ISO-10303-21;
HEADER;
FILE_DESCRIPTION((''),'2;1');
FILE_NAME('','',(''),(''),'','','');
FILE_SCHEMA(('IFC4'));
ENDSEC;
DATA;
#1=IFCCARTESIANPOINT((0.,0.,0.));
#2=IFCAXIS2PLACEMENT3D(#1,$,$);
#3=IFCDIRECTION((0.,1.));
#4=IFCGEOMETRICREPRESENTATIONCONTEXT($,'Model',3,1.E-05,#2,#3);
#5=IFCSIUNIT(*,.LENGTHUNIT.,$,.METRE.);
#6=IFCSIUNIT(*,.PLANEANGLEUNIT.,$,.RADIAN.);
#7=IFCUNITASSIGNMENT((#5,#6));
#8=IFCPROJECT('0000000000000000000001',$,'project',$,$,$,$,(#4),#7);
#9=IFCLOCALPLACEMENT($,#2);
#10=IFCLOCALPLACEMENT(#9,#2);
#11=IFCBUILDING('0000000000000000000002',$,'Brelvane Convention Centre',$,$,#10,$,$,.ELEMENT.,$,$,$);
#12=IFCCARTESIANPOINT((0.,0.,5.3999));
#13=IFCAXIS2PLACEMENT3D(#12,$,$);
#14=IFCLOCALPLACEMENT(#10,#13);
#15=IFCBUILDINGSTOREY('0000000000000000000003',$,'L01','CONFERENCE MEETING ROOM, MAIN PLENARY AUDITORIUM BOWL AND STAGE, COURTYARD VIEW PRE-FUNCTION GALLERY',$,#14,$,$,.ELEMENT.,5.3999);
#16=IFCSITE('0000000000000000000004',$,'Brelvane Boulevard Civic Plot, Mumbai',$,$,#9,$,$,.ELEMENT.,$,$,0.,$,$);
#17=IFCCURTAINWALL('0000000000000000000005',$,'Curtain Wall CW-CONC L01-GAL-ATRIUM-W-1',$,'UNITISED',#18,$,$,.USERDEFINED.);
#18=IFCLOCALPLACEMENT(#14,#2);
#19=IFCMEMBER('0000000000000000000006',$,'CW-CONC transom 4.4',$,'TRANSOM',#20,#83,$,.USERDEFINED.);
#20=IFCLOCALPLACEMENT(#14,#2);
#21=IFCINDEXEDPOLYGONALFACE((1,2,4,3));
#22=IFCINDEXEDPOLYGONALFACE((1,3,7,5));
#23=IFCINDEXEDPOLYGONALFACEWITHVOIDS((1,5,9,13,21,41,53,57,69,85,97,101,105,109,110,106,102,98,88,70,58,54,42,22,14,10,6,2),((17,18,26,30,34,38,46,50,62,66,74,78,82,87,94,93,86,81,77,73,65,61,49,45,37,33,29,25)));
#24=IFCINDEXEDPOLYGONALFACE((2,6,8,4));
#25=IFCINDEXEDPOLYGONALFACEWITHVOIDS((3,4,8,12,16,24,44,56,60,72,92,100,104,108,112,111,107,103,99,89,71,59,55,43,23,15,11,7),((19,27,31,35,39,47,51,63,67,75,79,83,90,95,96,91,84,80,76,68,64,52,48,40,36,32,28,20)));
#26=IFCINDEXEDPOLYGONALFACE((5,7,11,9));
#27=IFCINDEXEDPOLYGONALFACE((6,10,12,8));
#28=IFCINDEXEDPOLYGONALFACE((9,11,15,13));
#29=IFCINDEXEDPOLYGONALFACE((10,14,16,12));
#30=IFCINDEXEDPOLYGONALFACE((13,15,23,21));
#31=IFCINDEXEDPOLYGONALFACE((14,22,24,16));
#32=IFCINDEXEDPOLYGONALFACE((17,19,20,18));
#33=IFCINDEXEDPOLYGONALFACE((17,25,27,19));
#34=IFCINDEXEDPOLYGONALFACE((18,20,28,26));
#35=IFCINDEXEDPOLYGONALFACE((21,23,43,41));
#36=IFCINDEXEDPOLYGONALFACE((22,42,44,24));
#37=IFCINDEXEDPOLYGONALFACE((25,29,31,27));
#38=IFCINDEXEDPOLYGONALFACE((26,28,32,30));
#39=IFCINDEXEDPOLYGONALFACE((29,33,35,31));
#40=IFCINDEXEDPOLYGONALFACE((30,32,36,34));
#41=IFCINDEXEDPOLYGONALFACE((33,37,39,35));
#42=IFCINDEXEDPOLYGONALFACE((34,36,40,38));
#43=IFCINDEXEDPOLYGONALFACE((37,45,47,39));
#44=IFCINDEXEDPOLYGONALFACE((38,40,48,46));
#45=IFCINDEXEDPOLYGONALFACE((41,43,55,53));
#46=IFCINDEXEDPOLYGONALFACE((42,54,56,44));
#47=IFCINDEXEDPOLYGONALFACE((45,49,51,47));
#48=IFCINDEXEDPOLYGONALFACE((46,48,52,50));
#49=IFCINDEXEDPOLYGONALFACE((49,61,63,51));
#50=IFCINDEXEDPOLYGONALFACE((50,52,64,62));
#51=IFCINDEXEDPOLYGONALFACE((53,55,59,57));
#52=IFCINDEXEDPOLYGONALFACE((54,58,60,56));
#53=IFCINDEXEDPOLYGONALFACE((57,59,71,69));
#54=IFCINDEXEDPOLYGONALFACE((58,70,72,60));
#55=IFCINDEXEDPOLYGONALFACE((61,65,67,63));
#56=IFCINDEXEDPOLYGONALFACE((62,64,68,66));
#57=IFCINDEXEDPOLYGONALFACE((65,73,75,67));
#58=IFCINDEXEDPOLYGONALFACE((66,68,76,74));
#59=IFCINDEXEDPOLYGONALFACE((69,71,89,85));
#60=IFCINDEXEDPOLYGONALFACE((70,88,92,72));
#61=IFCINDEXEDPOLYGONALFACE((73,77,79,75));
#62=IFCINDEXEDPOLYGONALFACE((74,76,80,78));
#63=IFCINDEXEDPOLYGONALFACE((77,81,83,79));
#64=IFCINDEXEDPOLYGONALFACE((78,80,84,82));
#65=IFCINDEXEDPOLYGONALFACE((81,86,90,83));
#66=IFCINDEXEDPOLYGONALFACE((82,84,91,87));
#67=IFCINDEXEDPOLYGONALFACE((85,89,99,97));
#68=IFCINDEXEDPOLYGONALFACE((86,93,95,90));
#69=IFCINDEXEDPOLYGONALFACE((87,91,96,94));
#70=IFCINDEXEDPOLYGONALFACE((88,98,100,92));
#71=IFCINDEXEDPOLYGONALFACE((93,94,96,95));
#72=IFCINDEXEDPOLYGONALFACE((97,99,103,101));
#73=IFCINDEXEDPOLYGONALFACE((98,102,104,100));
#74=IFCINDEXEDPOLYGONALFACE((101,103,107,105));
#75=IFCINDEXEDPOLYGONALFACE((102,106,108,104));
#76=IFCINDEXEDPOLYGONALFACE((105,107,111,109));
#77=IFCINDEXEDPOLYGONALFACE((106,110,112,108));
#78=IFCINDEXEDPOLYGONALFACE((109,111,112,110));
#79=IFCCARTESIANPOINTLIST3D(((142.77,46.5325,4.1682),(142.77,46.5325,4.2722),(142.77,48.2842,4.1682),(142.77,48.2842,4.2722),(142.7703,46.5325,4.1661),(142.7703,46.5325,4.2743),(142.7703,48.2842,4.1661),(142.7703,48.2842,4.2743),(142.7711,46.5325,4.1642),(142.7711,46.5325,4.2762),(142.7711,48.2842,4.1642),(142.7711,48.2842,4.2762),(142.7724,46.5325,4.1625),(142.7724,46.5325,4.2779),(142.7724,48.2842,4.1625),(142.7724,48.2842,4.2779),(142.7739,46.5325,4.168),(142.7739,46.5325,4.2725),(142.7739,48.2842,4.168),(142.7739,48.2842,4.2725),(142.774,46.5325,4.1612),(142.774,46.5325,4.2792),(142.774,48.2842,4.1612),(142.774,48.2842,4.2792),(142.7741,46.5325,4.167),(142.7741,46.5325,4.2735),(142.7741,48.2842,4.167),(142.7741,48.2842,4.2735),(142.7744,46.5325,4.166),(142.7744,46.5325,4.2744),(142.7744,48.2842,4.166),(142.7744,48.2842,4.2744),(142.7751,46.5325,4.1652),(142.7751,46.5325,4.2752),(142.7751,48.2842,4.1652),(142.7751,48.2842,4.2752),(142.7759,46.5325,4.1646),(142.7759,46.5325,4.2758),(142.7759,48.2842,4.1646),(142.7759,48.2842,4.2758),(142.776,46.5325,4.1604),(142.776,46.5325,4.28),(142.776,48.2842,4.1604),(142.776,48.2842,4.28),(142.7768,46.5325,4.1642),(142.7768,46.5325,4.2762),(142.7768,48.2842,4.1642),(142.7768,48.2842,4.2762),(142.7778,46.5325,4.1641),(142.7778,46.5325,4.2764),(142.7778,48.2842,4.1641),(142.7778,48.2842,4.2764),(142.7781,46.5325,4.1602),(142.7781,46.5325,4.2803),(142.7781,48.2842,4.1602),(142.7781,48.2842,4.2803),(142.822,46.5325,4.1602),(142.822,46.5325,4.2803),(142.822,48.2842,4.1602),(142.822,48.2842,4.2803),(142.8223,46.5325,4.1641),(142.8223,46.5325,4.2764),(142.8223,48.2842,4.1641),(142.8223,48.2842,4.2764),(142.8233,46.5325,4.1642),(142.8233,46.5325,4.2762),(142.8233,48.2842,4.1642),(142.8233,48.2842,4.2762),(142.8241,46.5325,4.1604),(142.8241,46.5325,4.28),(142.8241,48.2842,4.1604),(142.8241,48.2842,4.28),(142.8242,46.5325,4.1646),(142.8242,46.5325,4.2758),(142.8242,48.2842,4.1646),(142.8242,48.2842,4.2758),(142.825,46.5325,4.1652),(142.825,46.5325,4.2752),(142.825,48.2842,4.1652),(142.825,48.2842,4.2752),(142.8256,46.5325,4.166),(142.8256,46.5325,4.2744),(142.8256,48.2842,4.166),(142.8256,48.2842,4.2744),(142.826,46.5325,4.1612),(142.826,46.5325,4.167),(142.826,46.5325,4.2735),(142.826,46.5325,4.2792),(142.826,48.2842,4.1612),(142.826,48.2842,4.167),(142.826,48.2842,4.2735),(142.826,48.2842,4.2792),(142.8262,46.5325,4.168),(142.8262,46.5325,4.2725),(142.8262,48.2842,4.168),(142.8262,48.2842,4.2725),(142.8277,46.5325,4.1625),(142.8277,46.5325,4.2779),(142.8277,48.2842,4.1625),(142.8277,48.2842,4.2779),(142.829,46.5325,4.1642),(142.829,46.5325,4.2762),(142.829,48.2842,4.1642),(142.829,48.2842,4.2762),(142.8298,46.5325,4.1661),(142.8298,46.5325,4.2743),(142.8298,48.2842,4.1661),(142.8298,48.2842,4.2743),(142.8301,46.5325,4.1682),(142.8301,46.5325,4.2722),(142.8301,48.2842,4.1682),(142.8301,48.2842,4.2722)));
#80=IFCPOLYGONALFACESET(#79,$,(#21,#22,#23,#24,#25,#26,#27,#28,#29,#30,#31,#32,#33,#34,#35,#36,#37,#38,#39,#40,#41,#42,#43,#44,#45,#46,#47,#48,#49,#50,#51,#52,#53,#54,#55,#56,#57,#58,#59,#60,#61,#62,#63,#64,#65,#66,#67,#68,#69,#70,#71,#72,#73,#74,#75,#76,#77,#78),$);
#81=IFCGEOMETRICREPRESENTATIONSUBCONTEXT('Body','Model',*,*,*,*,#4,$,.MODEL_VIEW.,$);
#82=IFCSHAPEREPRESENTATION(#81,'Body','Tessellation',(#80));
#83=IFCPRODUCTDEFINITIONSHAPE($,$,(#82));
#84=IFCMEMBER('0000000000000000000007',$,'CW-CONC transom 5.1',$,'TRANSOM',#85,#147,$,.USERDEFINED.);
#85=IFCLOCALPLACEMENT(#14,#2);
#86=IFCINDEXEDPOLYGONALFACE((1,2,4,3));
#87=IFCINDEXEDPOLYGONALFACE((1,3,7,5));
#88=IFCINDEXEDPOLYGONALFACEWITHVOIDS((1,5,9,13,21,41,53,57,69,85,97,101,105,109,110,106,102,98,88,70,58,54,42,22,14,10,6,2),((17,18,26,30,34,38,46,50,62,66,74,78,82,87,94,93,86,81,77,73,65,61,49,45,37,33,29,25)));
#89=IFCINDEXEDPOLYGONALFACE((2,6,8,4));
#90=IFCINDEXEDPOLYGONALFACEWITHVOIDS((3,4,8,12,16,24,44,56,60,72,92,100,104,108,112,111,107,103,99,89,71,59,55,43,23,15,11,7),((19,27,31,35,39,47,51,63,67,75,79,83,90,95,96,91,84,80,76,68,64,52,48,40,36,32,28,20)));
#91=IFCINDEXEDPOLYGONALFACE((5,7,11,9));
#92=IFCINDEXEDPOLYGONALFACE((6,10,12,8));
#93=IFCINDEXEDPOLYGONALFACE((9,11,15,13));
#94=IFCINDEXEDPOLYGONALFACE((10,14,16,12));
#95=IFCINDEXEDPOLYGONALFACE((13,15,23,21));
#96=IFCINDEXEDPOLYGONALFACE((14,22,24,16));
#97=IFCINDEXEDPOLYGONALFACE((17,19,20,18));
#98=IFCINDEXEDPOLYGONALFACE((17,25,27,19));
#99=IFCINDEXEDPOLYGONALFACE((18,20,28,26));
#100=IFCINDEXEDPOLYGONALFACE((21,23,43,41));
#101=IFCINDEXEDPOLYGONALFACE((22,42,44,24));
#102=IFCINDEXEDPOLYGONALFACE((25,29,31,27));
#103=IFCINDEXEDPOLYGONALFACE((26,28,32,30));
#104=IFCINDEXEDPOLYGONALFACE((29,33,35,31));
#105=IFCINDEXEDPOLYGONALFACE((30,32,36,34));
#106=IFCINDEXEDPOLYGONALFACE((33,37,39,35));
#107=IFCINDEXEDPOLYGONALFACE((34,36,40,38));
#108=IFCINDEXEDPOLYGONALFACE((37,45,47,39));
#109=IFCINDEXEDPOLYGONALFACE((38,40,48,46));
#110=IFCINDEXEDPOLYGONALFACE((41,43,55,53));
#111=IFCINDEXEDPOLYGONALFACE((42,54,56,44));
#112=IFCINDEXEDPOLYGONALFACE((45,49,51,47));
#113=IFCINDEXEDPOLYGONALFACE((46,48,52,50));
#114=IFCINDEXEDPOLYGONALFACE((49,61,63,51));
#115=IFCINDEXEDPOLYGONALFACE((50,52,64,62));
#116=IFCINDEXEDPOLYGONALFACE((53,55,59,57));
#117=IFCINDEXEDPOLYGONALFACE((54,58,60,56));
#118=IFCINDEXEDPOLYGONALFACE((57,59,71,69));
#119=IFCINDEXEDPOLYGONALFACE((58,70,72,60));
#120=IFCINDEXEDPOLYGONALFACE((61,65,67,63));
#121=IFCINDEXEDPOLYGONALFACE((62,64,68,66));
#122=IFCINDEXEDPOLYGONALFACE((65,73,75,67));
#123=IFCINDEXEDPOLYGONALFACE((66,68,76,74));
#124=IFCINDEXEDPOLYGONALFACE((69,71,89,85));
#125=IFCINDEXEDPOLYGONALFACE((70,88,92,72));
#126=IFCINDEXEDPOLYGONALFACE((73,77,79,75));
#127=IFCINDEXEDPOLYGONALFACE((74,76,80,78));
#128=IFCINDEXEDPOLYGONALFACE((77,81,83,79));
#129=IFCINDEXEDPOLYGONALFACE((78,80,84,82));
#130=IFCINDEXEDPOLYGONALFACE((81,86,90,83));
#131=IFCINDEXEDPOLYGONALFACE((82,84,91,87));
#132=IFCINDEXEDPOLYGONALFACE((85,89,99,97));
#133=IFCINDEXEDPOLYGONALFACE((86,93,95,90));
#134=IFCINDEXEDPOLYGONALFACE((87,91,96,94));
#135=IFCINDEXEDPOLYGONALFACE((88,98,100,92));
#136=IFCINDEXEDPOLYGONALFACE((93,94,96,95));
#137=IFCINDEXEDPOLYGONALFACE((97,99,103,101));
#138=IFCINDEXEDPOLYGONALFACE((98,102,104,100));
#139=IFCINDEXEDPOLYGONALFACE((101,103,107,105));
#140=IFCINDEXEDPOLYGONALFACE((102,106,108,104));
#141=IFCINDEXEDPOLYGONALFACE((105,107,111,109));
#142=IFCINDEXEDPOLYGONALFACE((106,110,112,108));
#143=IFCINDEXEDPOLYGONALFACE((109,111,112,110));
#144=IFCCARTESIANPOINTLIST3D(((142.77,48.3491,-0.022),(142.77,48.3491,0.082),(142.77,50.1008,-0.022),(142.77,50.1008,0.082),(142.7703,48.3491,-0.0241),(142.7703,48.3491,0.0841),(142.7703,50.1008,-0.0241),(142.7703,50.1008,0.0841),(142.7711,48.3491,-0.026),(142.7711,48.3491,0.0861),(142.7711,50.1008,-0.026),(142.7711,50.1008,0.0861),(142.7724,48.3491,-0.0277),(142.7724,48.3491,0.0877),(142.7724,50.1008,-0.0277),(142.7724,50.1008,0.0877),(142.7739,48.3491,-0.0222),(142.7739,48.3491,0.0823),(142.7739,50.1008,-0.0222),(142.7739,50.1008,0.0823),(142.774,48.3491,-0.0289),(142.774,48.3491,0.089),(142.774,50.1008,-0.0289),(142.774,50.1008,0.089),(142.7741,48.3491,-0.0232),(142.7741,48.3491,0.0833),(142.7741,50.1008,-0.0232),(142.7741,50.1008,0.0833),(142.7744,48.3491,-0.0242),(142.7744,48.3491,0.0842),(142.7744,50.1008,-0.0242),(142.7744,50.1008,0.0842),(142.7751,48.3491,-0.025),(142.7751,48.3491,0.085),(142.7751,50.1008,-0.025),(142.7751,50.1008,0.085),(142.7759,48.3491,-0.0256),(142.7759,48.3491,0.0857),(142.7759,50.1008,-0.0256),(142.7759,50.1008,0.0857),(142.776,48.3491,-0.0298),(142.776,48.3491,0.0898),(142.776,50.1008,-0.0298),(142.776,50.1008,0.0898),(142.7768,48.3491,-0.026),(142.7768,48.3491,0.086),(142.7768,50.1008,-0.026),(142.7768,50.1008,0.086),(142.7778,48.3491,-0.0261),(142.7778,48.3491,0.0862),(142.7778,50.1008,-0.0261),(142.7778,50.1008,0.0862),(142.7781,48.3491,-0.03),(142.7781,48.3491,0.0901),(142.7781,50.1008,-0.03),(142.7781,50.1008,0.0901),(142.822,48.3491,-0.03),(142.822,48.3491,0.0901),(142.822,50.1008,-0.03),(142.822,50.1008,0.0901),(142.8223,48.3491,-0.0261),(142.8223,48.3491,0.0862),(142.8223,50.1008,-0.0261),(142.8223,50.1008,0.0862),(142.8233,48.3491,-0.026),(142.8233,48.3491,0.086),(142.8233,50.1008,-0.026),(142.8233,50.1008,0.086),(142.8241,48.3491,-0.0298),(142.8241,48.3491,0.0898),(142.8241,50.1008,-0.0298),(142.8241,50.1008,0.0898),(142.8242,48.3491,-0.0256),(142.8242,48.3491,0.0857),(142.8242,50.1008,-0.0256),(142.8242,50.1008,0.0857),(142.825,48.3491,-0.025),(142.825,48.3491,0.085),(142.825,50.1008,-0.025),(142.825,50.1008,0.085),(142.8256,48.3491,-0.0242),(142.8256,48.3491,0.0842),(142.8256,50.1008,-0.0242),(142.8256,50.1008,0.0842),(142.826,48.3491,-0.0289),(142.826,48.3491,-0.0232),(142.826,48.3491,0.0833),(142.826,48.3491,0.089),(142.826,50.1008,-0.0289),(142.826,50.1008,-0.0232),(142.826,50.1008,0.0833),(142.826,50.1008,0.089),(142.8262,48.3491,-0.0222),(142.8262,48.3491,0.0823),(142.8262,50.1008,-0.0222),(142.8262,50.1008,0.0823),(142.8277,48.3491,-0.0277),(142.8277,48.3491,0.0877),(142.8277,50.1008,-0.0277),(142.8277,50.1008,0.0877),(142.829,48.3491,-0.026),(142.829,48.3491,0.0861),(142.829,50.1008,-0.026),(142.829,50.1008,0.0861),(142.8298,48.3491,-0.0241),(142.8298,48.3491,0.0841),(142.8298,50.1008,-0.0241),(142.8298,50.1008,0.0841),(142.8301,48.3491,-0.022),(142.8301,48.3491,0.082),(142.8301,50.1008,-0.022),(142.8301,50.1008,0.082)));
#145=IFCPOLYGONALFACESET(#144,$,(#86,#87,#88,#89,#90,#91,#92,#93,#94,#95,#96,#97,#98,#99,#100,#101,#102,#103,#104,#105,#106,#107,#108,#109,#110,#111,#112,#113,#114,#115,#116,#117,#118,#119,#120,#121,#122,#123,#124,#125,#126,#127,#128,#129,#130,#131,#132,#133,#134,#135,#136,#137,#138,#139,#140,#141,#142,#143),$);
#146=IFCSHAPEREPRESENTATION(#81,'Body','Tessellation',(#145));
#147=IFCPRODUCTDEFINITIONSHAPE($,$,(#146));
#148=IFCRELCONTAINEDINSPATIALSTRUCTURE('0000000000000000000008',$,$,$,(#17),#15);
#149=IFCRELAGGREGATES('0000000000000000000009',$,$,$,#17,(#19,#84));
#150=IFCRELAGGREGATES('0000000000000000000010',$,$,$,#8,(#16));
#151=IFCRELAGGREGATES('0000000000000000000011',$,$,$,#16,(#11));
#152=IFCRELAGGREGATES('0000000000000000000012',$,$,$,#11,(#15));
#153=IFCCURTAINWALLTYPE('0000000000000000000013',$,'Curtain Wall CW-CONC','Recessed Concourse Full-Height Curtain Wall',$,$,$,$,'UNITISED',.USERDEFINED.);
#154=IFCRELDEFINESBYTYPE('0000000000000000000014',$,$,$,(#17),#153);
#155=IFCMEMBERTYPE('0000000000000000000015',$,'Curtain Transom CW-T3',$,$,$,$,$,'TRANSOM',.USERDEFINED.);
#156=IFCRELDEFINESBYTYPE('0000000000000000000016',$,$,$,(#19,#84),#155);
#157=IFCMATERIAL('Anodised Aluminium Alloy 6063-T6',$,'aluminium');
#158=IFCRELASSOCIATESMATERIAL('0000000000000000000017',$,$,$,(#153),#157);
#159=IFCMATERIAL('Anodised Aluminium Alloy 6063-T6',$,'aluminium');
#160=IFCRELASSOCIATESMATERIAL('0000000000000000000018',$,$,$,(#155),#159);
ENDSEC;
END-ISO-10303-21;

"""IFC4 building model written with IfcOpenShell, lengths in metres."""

from ifc_helpers import new_model, si_unit, direction, frame, origin, origin_2d, place, context, subcontext, project, spatial, hollow_rectangle, extrude, material, material_profile, profile_set, type_object, element, aggregate, save


model = new_model("IFC4")

# Units and contexts
model_context = context("Model", 3, precision=1e-05, world=origin(), true_north=direction((0.0, 1.0)))
body_context = subcontext(model_context, "Body", "Model", "MODEL_VIEW")
ifc_project = project(units=[si_unit("LENGTHUNIT", "METRE"), si_unit("PLANEANGLEUNIT", "RADIAN")], contexts=[model_context])

# Site, building, storey
site_placement = place(None, origin())
site = spatial("IfcSite", under=ifc_project, at=site_placement, Name="Brelvane Boulevard Civic Plot, Mumbai", CompositionType="ELEMENT", RefElevation=0.0)
building_placement = place(site_placement, origin())
building = spatial("IfcBuilding", under=site, at=building_placement, Name="Brelvane Convention Centre", CompositionType="ELEMENT")
storey_placement = place(building_placement, frame((0.0, 0.0, 5.3999)))
storey = spatial("IfcBuildingStorey", under=building, at=storey_placement, Name="L01", Description="CONFERENCE MEETING ROOM, MAIN PLENARY AUDITORIUM BOWL AND STAGE, COURTYARD VIEW PRE-FUNCTION GALLERY", CompositionType="ELEMENT", Elevation=5.3999)

# Curtain wall, members
ifc_material_1 = material(Name="Anodised Aluminium Alloy 6063-T6", Category="aluminium")
curtain_wall_type = type_object("IfcCurtainWallType", Name="Curtain Wall CW-CONC", Description="Recessed Concourse Full-Height Curtain Wall", ElementType="UNITISED", PredefinedType="USERDEFINED", material=ifc_material_1)
curtain_wall_placement = place(storey_placement, origin())
curtain_wall = element("IfcCurtainWall", 1, at=curtain_wall_placement, inside=storey, type_object=curtain_wall_type, Name="Curtain Wall CW-CONC L01-GAL-ATRIUM-W-1", ObjectType="UNITISED", PredefinedType="USERDEFINED")
ifc_material_2 = material(Name="Anodised Aluminium Alloy 6063-T6", Category="aluminium")
ifc_material_profile_1 = material_profile(ifc_material_2, hollow_rectangle(XDim=0.0601, YDim=0.1201, WallThickness=0.0039, InnerFilletRadius=0.0039, OuterFilletRadius=0.0081, at=origin_2d()), Name="ALU-T 120x60x4.0")
ifc_profile_set_1 = profile_set([ifc_material_profile_1], Name="Anodised Aluminium Alloy 6063-T6")
member_type_1 = type_object("IfcMemberType", Name="Curtain Transom CW-T3", ElementType="TRANSOM", PredefinedType="USERDEFINED", material=ifc_profile_set_1)
member_1_placement = place(storey_placement, frame((142.8, 46.5325, 4.2202), z_axis=(0.0, 1.0, 0.0), x_axis=(-1.0, 0.0, 0.0)))
member_1 = element("IfcMember", 2, at=member_1_placement, type_object=member_type_1, Name="CW-CONC transom 4.4", ObjectType="TRANSOM", PredefinedType="USERDEFINED", context=body_context, shape_type="SweptSolid", body=[
    extrude(hollow_rectangle(XDim=0.0601, YDim=0.1201, WallThickness=0.0039, InnerFilletRadius=0.0039, OuterFilletRadius=0.0081, at=origin_2d()), origin(), (0.0, 0.0, 1.0), 1.7517),
])
member_2_placement = place(storey_placement, frame((142.8, 48.3491, 0.03), z_axis=(0.0, 1.0, 0.0), x_axis=(-1.0, 0.0, 0.0)))
member_2 = element("IfcMember", 3, at=member_2_placement, type_object=member_type_1, Name="CW-CONC transom 5.1", ObjectType="TRANSOM", PredefinedType="USERDEFINED", context=body_context, shape_type="SweptSolid", body=[
    extrude(hollow_rectangle(XDim=0.0601, YDim=0.1201, WallThickness=0.0039, InnerFilletRadius=0.0039, OuterFilletRadius=0.0081, at=origin_2d()), origin(), (0.0, 0.0, 1.0), 1.7517),
])

aggregate(curtain_wall, [member_1, member_2])

save(model, "model.ifc")
